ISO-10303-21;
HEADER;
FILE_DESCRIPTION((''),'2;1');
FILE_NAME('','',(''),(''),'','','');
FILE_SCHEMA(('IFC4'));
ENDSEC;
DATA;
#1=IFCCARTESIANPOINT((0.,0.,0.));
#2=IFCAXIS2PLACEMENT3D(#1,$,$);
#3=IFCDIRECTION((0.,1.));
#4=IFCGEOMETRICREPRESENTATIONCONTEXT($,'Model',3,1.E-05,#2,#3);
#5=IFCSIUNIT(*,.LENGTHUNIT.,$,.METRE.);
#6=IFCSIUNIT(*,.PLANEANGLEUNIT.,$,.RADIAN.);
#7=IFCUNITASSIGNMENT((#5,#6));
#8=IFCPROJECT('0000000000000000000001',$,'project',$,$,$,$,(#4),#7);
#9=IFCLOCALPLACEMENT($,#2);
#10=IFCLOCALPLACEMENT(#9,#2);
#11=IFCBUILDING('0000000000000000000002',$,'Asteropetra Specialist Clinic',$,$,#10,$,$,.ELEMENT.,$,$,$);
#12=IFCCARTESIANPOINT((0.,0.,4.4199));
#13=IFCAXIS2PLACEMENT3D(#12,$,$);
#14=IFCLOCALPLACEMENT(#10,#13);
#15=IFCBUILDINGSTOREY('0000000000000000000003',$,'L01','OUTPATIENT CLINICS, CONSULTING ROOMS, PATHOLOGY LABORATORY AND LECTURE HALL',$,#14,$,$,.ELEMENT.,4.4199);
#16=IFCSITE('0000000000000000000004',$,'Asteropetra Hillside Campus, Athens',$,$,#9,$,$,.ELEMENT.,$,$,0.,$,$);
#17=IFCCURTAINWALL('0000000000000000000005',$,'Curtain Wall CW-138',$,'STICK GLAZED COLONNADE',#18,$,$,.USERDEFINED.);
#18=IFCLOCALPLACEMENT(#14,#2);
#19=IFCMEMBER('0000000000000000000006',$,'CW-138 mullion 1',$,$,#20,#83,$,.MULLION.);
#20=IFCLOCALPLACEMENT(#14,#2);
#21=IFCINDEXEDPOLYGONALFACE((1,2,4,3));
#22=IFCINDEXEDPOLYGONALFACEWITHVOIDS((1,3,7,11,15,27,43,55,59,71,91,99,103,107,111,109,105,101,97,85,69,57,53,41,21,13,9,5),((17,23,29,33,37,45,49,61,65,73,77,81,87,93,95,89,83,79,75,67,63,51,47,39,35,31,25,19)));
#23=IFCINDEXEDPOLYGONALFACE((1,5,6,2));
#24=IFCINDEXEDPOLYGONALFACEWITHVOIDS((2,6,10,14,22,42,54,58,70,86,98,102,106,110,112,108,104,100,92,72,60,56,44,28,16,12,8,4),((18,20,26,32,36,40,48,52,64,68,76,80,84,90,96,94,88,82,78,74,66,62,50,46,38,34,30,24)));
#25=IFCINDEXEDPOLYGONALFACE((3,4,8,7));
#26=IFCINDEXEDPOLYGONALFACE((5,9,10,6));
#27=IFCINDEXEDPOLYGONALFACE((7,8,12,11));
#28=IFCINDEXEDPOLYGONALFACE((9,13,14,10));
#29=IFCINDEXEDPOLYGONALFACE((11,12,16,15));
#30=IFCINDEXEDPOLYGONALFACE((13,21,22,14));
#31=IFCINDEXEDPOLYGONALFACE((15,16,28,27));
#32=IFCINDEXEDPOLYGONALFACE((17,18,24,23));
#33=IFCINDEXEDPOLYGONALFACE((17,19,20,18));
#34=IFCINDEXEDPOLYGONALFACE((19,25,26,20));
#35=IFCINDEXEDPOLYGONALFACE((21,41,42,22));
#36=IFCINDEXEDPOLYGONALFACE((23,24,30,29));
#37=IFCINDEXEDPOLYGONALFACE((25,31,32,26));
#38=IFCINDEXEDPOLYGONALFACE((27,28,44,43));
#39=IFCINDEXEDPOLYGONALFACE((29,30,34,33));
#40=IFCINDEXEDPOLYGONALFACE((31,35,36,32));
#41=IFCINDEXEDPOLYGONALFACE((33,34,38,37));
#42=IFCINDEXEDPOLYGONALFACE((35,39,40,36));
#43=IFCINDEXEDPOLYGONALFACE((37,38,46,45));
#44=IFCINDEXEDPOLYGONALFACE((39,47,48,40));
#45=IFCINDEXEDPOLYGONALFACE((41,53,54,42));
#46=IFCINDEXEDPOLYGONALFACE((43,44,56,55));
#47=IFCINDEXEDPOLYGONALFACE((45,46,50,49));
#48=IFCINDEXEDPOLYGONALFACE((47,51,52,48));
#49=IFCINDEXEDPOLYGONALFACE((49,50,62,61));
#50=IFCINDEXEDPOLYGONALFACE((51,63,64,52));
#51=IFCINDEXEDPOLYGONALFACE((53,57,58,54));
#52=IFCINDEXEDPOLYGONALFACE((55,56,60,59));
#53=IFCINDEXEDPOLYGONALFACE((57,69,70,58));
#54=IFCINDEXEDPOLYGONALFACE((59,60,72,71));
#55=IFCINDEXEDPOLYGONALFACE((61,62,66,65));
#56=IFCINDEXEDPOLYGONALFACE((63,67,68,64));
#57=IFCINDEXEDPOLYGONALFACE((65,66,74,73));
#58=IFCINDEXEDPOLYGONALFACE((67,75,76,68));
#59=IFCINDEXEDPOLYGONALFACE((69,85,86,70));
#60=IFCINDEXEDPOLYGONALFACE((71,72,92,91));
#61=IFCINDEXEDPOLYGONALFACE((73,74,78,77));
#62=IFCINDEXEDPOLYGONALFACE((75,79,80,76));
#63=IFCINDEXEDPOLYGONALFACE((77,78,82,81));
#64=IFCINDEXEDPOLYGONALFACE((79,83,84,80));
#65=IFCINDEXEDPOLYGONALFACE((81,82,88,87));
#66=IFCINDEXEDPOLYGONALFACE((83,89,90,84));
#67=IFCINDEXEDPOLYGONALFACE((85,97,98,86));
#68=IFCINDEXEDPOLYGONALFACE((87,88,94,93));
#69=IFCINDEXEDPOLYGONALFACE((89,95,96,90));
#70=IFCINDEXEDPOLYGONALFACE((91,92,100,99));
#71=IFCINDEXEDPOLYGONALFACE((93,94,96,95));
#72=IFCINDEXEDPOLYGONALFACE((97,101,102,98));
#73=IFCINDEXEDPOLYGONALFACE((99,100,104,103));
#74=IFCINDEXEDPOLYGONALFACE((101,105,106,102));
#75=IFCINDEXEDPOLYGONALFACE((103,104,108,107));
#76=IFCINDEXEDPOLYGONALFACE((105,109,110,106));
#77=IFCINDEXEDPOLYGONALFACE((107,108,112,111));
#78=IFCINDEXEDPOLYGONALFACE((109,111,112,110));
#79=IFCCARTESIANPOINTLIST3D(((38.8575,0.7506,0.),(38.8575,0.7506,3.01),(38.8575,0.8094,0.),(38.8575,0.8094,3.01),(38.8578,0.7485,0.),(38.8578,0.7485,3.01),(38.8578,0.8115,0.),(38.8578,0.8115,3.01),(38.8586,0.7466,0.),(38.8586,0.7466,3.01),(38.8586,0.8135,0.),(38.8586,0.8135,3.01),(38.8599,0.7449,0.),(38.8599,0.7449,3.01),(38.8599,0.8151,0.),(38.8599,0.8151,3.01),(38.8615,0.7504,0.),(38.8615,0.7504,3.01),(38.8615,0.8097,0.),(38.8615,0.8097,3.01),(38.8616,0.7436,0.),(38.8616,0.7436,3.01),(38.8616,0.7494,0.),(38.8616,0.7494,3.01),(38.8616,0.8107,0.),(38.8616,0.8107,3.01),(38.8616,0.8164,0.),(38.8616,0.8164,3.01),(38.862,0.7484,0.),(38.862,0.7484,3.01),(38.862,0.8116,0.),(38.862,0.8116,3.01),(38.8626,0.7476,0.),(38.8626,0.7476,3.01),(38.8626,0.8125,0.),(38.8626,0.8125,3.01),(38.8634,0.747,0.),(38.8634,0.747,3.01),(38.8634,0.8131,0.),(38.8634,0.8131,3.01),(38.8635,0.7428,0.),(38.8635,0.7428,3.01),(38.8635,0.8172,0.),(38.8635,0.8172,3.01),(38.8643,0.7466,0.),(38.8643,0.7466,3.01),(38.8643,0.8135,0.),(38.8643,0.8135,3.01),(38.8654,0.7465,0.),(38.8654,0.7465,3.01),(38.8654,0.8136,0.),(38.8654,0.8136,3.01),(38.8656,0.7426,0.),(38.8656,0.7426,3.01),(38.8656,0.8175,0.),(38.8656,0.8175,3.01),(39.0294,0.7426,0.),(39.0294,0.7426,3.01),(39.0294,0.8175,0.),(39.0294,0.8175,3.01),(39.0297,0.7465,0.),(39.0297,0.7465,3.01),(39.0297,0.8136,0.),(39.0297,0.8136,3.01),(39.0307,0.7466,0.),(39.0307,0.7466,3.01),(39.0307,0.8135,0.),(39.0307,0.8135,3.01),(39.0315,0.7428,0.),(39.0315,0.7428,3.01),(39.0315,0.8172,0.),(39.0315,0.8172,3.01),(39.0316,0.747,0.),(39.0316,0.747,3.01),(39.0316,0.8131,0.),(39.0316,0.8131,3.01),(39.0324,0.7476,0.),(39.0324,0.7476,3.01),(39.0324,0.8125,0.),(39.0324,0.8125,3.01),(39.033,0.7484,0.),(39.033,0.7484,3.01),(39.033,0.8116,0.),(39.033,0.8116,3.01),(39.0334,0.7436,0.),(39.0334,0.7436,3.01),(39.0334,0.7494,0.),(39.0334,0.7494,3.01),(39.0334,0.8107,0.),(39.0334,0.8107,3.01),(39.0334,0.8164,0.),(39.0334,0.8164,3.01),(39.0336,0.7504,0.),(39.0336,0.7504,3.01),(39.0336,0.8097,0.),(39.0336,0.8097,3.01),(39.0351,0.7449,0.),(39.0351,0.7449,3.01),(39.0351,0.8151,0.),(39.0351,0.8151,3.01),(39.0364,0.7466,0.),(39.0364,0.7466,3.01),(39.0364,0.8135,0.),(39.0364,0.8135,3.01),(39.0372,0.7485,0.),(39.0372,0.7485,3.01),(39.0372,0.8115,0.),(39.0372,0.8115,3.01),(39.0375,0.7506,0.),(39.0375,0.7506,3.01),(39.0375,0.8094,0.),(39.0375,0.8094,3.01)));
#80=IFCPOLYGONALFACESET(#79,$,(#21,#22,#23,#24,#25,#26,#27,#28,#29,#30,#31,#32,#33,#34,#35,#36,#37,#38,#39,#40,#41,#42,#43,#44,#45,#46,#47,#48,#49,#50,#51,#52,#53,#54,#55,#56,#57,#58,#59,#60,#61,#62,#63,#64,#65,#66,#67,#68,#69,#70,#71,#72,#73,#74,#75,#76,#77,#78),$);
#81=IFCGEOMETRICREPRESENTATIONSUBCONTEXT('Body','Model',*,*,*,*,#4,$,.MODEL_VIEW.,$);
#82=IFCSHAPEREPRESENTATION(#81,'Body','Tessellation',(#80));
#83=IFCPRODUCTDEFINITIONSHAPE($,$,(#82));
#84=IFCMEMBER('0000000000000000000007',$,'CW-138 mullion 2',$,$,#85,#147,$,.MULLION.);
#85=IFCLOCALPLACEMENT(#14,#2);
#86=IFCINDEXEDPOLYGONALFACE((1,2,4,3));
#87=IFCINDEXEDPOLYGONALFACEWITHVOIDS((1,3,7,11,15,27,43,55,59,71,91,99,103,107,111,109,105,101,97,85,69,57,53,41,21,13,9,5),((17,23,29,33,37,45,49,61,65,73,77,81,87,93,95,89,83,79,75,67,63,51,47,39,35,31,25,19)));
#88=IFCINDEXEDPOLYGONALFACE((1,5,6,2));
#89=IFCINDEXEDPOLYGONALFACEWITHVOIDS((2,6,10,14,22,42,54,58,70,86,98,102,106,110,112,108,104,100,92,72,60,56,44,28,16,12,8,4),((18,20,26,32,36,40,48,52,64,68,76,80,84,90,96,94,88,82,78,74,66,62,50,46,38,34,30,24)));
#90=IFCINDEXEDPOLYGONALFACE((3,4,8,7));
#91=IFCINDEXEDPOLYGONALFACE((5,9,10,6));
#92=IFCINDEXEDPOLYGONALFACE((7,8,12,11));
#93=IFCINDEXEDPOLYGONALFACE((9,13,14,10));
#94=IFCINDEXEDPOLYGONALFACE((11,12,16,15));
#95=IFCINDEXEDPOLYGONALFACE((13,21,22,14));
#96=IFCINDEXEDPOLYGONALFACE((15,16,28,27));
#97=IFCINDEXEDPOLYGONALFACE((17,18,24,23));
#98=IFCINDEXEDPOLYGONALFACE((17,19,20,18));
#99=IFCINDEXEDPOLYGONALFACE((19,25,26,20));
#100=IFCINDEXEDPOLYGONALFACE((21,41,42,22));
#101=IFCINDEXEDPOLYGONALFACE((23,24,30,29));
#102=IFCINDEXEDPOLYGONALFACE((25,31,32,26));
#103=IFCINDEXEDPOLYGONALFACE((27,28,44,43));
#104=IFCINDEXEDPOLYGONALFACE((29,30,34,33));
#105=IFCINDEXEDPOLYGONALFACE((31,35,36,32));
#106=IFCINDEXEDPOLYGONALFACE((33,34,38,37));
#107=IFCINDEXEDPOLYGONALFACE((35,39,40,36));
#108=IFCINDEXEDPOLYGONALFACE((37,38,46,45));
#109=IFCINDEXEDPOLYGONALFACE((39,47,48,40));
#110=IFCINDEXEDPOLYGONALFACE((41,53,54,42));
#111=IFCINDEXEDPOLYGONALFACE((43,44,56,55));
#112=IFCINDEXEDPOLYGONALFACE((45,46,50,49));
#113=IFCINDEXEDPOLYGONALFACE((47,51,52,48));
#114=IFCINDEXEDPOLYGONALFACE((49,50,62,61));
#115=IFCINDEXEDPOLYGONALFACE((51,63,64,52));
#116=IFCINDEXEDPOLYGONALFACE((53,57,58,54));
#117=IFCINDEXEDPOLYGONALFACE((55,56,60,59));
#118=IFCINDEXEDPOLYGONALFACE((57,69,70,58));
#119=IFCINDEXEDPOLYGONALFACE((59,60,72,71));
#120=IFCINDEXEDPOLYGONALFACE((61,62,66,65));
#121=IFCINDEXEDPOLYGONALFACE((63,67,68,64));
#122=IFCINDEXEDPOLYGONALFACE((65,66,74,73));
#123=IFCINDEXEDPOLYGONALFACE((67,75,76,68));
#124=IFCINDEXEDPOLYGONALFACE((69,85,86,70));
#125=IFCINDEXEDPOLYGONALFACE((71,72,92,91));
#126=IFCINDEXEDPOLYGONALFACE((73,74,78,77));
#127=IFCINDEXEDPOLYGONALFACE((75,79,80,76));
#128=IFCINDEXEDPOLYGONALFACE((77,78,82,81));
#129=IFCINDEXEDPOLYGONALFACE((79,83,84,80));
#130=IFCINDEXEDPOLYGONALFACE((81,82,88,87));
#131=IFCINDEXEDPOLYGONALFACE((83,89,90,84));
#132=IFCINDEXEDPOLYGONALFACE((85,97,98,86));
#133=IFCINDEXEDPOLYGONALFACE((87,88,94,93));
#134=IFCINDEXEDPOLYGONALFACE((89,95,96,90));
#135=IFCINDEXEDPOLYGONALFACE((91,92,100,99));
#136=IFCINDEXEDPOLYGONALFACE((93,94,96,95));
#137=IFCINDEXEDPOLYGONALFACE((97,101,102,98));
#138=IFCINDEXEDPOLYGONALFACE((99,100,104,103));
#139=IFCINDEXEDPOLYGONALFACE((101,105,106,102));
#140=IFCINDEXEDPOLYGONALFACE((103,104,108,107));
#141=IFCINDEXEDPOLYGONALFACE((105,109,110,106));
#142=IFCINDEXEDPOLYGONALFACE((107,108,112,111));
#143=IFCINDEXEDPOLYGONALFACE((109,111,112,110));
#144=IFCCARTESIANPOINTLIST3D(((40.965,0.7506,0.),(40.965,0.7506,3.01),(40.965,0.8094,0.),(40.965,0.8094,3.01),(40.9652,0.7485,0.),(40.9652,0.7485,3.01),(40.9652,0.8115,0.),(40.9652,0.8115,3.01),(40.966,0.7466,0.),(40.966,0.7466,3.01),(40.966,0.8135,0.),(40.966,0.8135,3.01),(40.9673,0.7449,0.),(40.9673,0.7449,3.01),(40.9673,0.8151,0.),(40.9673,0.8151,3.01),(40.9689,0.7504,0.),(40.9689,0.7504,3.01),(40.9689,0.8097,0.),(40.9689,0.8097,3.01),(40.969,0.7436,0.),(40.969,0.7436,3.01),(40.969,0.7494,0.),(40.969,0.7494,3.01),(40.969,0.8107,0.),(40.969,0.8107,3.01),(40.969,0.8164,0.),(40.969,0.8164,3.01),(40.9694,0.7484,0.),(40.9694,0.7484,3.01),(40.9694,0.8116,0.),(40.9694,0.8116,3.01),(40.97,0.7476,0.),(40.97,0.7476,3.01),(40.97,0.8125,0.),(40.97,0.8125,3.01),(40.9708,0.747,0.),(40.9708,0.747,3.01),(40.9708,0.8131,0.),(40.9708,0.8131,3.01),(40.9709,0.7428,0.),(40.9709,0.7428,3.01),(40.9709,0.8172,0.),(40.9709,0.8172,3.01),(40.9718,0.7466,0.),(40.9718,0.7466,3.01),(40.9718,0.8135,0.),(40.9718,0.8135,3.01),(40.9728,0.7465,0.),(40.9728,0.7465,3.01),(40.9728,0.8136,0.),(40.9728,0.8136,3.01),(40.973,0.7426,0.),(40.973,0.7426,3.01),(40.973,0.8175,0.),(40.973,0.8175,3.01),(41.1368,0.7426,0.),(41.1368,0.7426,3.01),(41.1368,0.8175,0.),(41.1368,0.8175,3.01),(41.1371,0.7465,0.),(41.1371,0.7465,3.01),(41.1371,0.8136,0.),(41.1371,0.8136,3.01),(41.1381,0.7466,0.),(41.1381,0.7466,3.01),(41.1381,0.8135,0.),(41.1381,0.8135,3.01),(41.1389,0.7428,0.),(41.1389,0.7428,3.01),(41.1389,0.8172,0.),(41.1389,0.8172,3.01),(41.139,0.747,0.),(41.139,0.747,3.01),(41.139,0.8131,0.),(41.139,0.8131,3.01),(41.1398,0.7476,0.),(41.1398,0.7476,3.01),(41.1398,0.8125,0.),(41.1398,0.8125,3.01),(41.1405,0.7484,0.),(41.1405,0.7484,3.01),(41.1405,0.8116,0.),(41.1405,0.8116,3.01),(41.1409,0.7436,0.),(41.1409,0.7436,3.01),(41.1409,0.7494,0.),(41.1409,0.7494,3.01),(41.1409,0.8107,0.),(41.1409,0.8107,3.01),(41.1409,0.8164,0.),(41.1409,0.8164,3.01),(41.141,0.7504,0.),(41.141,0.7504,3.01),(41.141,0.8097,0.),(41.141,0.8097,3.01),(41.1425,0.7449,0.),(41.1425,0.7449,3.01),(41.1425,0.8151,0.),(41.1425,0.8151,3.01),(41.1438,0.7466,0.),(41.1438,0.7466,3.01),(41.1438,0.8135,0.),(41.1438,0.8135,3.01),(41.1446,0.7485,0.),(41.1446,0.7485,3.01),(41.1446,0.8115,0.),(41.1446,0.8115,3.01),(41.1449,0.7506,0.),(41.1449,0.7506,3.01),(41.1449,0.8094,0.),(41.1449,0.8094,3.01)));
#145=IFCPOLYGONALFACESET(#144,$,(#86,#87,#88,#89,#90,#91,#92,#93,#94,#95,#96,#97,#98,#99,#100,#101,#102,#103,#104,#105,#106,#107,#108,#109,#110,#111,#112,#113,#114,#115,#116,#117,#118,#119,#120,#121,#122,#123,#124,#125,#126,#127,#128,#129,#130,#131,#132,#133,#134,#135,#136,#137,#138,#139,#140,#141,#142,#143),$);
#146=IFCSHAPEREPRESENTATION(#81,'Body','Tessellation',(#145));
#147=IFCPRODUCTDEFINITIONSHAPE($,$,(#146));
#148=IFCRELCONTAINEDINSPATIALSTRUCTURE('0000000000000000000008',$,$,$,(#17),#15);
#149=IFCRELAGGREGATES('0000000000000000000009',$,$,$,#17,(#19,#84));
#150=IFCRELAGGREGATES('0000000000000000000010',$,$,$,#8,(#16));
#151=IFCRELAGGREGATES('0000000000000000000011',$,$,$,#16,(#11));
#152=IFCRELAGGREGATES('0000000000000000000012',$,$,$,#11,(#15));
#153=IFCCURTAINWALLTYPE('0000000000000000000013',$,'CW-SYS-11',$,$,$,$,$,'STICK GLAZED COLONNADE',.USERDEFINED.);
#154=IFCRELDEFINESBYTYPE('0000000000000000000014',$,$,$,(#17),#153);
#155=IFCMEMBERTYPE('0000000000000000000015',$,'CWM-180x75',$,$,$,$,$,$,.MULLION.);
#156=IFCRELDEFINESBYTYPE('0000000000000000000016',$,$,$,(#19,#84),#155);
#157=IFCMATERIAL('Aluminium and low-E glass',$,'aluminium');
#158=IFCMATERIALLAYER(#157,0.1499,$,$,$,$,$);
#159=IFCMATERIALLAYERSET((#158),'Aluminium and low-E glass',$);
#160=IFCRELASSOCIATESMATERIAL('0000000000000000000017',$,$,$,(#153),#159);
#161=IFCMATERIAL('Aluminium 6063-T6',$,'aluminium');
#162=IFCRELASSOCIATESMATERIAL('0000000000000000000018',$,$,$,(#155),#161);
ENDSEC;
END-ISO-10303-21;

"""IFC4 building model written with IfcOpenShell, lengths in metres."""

from ifc_helpers import new_model, si_unit, direction, frame, origin, origin_2d, place, context, subcontext, project, spatial, hollow_rectangle, extrude, material, layer, layer_set, material_profile, profile_set, type_object, element, aggregate, save


model = new_model("IFC4")

# Units and contexts
model_context = context("Model", 3, precision=1e-05, world=origin(), true_north=direction((0.0, 1.0)))
body_context = subcontext(model_context, "Body", "Model", "MODEL_VIEW")
ifc_project = project(units=[si_unit("LENGTHUNIT", "METRE"), si_unit("PLANEANGLEUNIT", "RADIAN")], contexts=[model_context])

# Site, building, storey
site_placement = place(None, origin())
site = spatial("IfcSite", under=ifc_project, at=site_placement, Name="Asteropetra Hillside Campus, Athens", CompositionType="ELEMENT", RefElevation=0.0)
building_placement = place(site_placement, origin())
building = spatial("IfcBuilding", under=site, at=building_placement, Name="Asteropetra Specialist Clinic", CompositionType="ELEMENT")
storey_placement = place(building_placement, frame((0.0, 0.0, 4.4199)))
storey = spatial("IfcBuildingStorey", under=building, at=storey_placement, Name="L01", Description="OUTPATIENT CLINICS, CONSULTING ROOMS, PATHOLOGY LABORATORY AND LECTURE HALL", CompositionType="ELEMENT", Elevation=4.4199)

# Curtain wall, members
ifc_material_1 = material(Name="Aluminium and low-E glass", Category="aluminium")
ifc_layer_1 = layer(ifc_material_1, 0.1499)
ifc_layer_set_1 = layer_set([ifc_layer_1], Name="Aluminium and low-E glass")
curtain_wall_type_1 = type_object("IfcCurtainWallType", Name="CW-SYS-11", ElementType="STICK GLAZED COLONNADE", PredefinedType="USERDEFINED", material=ifc_layer_set_1)
curtain_wall_1_placement = place(storey_placement, origin())
curtain_wall_1 = element("IfcCurtainWall", 1, at=curtain_wall_1_placement, inside=storey, type_object=curtain_wall_type_1, Name="Curtain Wall CW-138", ObjectType="STICK GLAZED COLONNADE", PredefinedType="USERDEFINED")
ifc_material_2 = material(Name="Aluminium 6063-T6", Category="aluminium")
ifc_material_profile_1 = material_profile(ifc_material_2, hollow_rectangle(XDim=0.075, YDim=0.1799, WallThickness=0.0039, InnerFilletRadius=0.0039, OuterFilletRadius=0.0081, at=origin_2d()), Name="MUL 180x75x4.0")
ifc_profile_set_1 = profile_set([ifc_material_profile_1], Name="Aluminium 6063-T6")
member_type_1 = type_object("IfcMemberType", Name="CWM-180x75", PredefinedType="MULLION", material=ifc_profile_set_1)
member_1_placement = place(storey_placement, frame((38.9475, 0.78, 0.0), z_axis=(0.0, 0.0, 1.0), x_axis=(0.0, 1.0, 0.0)))
member_1 = element("IfcMember", 2, at=member_1_placement, type_object=member_type_1, Name="CW-138 mullion 1", PredefinedType="MULLION", context=body_context, shape_type="SweptSolid", body=[
    extrude(hollow_rectangle(XDim=0.075, YDim=0.1799, WallThickness=0.0039, InnerFilletRadius=0.0039, OuterFilletRadius=0.0081, at=origin_2d()), origin(), (0.0, 0.0, 1.0), 3.01),
])
member_2_placement = place(storey_placement, frame((41.0549, 0.78, 0.0), z_axis=(0.0, 0.0, 1.0), x_axis=(0.0, 1.0, 0.0)))
member_2 = element("IfcMember", 3, at=member_2_placement, type_object=member_type_1, Name="CW-138 mullion 2", PredefinedType="MULLION", context=body_context, shape_type="SweptSolid", body=[
    extrude(hollow_rectangle(XDim=0.075, YDim=0.1799, WallThickness=0.0039, InnerFilletRadius=0.0039, OuterFilletRadius=0.0081, at=origin_2d()), origin(), (0.0, 0.0, 1.0), 3.01),
])

aggregate(curtain_wall_1, [member_1, member_2])

save(model, "model.ifc")
